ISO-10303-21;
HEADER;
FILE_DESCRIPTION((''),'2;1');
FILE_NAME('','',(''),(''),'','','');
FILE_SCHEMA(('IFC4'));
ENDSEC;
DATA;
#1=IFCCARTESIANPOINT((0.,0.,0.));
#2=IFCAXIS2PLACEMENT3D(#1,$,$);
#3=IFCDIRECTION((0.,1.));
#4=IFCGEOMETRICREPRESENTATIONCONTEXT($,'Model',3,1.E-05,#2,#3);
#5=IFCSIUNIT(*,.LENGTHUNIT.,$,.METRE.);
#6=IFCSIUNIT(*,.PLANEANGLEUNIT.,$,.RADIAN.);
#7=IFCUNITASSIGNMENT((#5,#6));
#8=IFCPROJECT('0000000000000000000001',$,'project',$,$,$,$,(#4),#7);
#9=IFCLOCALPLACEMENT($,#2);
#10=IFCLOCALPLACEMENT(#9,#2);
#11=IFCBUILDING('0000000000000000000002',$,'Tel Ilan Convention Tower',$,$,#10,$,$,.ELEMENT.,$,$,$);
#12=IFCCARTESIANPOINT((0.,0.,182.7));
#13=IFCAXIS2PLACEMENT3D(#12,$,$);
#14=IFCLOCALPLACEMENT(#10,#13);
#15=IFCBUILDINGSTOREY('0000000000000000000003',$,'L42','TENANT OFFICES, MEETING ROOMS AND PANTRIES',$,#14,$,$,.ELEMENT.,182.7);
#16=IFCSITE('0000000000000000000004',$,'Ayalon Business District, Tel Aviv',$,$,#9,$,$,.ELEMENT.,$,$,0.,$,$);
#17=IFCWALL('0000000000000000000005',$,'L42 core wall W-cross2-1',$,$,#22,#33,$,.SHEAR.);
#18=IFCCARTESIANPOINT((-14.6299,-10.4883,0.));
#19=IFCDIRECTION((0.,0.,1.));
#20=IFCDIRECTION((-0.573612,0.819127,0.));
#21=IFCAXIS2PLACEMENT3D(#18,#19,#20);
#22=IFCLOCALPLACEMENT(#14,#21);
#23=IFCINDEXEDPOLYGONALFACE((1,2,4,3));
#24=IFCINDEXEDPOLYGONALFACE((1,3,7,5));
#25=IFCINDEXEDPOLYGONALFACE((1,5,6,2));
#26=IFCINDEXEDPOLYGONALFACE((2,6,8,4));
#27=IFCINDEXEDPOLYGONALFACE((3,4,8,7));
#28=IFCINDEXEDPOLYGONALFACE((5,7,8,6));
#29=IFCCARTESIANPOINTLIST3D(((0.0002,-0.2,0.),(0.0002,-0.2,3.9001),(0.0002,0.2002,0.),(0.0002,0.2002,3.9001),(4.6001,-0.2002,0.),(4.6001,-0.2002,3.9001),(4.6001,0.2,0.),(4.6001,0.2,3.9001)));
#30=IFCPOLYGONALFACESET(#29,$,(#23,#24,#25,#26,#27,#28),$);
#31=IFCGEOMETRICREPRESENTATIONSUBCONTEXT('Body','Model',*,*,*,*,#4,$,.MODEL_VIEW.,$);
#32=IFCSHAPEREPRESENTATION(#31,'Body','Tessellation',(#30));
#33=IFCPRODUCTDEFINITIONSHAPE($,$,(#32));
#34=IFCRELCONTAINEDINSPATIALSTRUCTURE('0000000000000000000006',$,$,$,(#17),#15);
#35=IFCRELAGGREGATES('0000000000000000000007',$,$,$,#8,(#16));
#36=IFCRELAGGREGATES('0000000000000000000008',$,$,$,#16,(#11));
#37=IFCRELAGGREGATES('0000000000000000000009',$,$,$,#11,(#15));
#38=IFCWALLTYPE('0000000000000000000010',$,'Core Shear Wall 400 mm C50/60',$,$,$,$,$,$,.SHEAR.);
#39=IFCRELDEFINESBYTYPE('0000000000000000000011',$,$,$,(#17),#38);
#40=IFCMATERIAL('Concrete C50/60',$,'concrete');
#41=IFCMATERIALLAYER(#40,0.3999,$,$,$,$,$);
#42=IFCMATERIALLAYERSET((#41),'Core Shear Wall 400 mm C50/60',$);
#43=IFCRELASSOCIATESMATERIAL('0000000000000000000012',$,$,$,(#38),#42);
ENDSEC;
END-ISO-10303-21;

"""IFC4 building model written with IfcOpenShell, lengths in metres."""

from ifc_helpers import new_model, si_unit, direction, frame, origin, place, context, subcontext, project, spatial, polyline, outline, extrude, material, layer, layer_set, type_object, element, save


model = new_model("IFC4")

# Units and contexts
model_context = context("Model", 3, precision=1e-05, world=origin(), true_north=direction((0.0, 1.0)))
body_context = subcontext(model_context, "Body", "Model", "MODEL_VIEW")
ifc_project = project(units=[si_unit("LENGTHUNIT", "METRE"), si_unit("PLANEANGLEUNIT", "RADIAN")], contexts=[model_context])

# Site, building, storey
site_placement = place(None, origin())
site = spatial("IfcSite", under=ifc_project, at=site_placement, Name="Ayalon Business District, Tel Aviv", CompositionType="ELEMENT", RefElevation=0.0)
building_placement = place(site_placement, origin())
building = spatial("IfcBuilding", under=site, at=building_placement, Name="Tel Ilan Convention Tower", CompositionType="ELEMENT")
storey_placement = place(building_placement, frame((0.0, 0.0, 182.7)))
storey = spatial("IfcBuildingStorey", under=building, at=storey_placement, Name="L42", Description="TENANT OFFICES, MEETING ROOMS AND PANTRIES", CompositionType="ELEMENT", Elevation=182.7)

# Wall
ifc_material_1 = material(Name="Concrete C50/60", Category="concrete")
ifc_layer_1 = layer(ifc_material_1, 0.3999)
ifc_layer_set_1 = layer_set([ifc_layer_1], Name="Core Shear Wall 400 mm C50/60")
wall_type_1 = type_object("IfcWallType", Name="Core Shear Wall 400 mm C50/60", PredefinedType="SHEAR", material=ifc_layer_set_1)
wall_1_placement = place(storey_placement, frame((-14.6299, -10.4883, 0.0), z_axis=(0.0, 0.0, 1.0), x_axis=(-0.573612, 0.819127, 0.0)))
element("IfcWall", 1, at=wall_1_placement, inside=storey, type_object=wall_type_1, Name="L42 core wall W-cross2-1", PredefinedType="SHEAR", context=body_context, shape_type="SweptSolid", body=[
    extrude(outline(polyline([(4.6001, 0.2), (0.0002, 0.2002), (0.0002, -0.2), (4.6001, -0.2002), (4.6001, 0.2)])), origin(), (0.0, 0.0, 1.0), 3.9001),
])

save(model, "model.ifc")
